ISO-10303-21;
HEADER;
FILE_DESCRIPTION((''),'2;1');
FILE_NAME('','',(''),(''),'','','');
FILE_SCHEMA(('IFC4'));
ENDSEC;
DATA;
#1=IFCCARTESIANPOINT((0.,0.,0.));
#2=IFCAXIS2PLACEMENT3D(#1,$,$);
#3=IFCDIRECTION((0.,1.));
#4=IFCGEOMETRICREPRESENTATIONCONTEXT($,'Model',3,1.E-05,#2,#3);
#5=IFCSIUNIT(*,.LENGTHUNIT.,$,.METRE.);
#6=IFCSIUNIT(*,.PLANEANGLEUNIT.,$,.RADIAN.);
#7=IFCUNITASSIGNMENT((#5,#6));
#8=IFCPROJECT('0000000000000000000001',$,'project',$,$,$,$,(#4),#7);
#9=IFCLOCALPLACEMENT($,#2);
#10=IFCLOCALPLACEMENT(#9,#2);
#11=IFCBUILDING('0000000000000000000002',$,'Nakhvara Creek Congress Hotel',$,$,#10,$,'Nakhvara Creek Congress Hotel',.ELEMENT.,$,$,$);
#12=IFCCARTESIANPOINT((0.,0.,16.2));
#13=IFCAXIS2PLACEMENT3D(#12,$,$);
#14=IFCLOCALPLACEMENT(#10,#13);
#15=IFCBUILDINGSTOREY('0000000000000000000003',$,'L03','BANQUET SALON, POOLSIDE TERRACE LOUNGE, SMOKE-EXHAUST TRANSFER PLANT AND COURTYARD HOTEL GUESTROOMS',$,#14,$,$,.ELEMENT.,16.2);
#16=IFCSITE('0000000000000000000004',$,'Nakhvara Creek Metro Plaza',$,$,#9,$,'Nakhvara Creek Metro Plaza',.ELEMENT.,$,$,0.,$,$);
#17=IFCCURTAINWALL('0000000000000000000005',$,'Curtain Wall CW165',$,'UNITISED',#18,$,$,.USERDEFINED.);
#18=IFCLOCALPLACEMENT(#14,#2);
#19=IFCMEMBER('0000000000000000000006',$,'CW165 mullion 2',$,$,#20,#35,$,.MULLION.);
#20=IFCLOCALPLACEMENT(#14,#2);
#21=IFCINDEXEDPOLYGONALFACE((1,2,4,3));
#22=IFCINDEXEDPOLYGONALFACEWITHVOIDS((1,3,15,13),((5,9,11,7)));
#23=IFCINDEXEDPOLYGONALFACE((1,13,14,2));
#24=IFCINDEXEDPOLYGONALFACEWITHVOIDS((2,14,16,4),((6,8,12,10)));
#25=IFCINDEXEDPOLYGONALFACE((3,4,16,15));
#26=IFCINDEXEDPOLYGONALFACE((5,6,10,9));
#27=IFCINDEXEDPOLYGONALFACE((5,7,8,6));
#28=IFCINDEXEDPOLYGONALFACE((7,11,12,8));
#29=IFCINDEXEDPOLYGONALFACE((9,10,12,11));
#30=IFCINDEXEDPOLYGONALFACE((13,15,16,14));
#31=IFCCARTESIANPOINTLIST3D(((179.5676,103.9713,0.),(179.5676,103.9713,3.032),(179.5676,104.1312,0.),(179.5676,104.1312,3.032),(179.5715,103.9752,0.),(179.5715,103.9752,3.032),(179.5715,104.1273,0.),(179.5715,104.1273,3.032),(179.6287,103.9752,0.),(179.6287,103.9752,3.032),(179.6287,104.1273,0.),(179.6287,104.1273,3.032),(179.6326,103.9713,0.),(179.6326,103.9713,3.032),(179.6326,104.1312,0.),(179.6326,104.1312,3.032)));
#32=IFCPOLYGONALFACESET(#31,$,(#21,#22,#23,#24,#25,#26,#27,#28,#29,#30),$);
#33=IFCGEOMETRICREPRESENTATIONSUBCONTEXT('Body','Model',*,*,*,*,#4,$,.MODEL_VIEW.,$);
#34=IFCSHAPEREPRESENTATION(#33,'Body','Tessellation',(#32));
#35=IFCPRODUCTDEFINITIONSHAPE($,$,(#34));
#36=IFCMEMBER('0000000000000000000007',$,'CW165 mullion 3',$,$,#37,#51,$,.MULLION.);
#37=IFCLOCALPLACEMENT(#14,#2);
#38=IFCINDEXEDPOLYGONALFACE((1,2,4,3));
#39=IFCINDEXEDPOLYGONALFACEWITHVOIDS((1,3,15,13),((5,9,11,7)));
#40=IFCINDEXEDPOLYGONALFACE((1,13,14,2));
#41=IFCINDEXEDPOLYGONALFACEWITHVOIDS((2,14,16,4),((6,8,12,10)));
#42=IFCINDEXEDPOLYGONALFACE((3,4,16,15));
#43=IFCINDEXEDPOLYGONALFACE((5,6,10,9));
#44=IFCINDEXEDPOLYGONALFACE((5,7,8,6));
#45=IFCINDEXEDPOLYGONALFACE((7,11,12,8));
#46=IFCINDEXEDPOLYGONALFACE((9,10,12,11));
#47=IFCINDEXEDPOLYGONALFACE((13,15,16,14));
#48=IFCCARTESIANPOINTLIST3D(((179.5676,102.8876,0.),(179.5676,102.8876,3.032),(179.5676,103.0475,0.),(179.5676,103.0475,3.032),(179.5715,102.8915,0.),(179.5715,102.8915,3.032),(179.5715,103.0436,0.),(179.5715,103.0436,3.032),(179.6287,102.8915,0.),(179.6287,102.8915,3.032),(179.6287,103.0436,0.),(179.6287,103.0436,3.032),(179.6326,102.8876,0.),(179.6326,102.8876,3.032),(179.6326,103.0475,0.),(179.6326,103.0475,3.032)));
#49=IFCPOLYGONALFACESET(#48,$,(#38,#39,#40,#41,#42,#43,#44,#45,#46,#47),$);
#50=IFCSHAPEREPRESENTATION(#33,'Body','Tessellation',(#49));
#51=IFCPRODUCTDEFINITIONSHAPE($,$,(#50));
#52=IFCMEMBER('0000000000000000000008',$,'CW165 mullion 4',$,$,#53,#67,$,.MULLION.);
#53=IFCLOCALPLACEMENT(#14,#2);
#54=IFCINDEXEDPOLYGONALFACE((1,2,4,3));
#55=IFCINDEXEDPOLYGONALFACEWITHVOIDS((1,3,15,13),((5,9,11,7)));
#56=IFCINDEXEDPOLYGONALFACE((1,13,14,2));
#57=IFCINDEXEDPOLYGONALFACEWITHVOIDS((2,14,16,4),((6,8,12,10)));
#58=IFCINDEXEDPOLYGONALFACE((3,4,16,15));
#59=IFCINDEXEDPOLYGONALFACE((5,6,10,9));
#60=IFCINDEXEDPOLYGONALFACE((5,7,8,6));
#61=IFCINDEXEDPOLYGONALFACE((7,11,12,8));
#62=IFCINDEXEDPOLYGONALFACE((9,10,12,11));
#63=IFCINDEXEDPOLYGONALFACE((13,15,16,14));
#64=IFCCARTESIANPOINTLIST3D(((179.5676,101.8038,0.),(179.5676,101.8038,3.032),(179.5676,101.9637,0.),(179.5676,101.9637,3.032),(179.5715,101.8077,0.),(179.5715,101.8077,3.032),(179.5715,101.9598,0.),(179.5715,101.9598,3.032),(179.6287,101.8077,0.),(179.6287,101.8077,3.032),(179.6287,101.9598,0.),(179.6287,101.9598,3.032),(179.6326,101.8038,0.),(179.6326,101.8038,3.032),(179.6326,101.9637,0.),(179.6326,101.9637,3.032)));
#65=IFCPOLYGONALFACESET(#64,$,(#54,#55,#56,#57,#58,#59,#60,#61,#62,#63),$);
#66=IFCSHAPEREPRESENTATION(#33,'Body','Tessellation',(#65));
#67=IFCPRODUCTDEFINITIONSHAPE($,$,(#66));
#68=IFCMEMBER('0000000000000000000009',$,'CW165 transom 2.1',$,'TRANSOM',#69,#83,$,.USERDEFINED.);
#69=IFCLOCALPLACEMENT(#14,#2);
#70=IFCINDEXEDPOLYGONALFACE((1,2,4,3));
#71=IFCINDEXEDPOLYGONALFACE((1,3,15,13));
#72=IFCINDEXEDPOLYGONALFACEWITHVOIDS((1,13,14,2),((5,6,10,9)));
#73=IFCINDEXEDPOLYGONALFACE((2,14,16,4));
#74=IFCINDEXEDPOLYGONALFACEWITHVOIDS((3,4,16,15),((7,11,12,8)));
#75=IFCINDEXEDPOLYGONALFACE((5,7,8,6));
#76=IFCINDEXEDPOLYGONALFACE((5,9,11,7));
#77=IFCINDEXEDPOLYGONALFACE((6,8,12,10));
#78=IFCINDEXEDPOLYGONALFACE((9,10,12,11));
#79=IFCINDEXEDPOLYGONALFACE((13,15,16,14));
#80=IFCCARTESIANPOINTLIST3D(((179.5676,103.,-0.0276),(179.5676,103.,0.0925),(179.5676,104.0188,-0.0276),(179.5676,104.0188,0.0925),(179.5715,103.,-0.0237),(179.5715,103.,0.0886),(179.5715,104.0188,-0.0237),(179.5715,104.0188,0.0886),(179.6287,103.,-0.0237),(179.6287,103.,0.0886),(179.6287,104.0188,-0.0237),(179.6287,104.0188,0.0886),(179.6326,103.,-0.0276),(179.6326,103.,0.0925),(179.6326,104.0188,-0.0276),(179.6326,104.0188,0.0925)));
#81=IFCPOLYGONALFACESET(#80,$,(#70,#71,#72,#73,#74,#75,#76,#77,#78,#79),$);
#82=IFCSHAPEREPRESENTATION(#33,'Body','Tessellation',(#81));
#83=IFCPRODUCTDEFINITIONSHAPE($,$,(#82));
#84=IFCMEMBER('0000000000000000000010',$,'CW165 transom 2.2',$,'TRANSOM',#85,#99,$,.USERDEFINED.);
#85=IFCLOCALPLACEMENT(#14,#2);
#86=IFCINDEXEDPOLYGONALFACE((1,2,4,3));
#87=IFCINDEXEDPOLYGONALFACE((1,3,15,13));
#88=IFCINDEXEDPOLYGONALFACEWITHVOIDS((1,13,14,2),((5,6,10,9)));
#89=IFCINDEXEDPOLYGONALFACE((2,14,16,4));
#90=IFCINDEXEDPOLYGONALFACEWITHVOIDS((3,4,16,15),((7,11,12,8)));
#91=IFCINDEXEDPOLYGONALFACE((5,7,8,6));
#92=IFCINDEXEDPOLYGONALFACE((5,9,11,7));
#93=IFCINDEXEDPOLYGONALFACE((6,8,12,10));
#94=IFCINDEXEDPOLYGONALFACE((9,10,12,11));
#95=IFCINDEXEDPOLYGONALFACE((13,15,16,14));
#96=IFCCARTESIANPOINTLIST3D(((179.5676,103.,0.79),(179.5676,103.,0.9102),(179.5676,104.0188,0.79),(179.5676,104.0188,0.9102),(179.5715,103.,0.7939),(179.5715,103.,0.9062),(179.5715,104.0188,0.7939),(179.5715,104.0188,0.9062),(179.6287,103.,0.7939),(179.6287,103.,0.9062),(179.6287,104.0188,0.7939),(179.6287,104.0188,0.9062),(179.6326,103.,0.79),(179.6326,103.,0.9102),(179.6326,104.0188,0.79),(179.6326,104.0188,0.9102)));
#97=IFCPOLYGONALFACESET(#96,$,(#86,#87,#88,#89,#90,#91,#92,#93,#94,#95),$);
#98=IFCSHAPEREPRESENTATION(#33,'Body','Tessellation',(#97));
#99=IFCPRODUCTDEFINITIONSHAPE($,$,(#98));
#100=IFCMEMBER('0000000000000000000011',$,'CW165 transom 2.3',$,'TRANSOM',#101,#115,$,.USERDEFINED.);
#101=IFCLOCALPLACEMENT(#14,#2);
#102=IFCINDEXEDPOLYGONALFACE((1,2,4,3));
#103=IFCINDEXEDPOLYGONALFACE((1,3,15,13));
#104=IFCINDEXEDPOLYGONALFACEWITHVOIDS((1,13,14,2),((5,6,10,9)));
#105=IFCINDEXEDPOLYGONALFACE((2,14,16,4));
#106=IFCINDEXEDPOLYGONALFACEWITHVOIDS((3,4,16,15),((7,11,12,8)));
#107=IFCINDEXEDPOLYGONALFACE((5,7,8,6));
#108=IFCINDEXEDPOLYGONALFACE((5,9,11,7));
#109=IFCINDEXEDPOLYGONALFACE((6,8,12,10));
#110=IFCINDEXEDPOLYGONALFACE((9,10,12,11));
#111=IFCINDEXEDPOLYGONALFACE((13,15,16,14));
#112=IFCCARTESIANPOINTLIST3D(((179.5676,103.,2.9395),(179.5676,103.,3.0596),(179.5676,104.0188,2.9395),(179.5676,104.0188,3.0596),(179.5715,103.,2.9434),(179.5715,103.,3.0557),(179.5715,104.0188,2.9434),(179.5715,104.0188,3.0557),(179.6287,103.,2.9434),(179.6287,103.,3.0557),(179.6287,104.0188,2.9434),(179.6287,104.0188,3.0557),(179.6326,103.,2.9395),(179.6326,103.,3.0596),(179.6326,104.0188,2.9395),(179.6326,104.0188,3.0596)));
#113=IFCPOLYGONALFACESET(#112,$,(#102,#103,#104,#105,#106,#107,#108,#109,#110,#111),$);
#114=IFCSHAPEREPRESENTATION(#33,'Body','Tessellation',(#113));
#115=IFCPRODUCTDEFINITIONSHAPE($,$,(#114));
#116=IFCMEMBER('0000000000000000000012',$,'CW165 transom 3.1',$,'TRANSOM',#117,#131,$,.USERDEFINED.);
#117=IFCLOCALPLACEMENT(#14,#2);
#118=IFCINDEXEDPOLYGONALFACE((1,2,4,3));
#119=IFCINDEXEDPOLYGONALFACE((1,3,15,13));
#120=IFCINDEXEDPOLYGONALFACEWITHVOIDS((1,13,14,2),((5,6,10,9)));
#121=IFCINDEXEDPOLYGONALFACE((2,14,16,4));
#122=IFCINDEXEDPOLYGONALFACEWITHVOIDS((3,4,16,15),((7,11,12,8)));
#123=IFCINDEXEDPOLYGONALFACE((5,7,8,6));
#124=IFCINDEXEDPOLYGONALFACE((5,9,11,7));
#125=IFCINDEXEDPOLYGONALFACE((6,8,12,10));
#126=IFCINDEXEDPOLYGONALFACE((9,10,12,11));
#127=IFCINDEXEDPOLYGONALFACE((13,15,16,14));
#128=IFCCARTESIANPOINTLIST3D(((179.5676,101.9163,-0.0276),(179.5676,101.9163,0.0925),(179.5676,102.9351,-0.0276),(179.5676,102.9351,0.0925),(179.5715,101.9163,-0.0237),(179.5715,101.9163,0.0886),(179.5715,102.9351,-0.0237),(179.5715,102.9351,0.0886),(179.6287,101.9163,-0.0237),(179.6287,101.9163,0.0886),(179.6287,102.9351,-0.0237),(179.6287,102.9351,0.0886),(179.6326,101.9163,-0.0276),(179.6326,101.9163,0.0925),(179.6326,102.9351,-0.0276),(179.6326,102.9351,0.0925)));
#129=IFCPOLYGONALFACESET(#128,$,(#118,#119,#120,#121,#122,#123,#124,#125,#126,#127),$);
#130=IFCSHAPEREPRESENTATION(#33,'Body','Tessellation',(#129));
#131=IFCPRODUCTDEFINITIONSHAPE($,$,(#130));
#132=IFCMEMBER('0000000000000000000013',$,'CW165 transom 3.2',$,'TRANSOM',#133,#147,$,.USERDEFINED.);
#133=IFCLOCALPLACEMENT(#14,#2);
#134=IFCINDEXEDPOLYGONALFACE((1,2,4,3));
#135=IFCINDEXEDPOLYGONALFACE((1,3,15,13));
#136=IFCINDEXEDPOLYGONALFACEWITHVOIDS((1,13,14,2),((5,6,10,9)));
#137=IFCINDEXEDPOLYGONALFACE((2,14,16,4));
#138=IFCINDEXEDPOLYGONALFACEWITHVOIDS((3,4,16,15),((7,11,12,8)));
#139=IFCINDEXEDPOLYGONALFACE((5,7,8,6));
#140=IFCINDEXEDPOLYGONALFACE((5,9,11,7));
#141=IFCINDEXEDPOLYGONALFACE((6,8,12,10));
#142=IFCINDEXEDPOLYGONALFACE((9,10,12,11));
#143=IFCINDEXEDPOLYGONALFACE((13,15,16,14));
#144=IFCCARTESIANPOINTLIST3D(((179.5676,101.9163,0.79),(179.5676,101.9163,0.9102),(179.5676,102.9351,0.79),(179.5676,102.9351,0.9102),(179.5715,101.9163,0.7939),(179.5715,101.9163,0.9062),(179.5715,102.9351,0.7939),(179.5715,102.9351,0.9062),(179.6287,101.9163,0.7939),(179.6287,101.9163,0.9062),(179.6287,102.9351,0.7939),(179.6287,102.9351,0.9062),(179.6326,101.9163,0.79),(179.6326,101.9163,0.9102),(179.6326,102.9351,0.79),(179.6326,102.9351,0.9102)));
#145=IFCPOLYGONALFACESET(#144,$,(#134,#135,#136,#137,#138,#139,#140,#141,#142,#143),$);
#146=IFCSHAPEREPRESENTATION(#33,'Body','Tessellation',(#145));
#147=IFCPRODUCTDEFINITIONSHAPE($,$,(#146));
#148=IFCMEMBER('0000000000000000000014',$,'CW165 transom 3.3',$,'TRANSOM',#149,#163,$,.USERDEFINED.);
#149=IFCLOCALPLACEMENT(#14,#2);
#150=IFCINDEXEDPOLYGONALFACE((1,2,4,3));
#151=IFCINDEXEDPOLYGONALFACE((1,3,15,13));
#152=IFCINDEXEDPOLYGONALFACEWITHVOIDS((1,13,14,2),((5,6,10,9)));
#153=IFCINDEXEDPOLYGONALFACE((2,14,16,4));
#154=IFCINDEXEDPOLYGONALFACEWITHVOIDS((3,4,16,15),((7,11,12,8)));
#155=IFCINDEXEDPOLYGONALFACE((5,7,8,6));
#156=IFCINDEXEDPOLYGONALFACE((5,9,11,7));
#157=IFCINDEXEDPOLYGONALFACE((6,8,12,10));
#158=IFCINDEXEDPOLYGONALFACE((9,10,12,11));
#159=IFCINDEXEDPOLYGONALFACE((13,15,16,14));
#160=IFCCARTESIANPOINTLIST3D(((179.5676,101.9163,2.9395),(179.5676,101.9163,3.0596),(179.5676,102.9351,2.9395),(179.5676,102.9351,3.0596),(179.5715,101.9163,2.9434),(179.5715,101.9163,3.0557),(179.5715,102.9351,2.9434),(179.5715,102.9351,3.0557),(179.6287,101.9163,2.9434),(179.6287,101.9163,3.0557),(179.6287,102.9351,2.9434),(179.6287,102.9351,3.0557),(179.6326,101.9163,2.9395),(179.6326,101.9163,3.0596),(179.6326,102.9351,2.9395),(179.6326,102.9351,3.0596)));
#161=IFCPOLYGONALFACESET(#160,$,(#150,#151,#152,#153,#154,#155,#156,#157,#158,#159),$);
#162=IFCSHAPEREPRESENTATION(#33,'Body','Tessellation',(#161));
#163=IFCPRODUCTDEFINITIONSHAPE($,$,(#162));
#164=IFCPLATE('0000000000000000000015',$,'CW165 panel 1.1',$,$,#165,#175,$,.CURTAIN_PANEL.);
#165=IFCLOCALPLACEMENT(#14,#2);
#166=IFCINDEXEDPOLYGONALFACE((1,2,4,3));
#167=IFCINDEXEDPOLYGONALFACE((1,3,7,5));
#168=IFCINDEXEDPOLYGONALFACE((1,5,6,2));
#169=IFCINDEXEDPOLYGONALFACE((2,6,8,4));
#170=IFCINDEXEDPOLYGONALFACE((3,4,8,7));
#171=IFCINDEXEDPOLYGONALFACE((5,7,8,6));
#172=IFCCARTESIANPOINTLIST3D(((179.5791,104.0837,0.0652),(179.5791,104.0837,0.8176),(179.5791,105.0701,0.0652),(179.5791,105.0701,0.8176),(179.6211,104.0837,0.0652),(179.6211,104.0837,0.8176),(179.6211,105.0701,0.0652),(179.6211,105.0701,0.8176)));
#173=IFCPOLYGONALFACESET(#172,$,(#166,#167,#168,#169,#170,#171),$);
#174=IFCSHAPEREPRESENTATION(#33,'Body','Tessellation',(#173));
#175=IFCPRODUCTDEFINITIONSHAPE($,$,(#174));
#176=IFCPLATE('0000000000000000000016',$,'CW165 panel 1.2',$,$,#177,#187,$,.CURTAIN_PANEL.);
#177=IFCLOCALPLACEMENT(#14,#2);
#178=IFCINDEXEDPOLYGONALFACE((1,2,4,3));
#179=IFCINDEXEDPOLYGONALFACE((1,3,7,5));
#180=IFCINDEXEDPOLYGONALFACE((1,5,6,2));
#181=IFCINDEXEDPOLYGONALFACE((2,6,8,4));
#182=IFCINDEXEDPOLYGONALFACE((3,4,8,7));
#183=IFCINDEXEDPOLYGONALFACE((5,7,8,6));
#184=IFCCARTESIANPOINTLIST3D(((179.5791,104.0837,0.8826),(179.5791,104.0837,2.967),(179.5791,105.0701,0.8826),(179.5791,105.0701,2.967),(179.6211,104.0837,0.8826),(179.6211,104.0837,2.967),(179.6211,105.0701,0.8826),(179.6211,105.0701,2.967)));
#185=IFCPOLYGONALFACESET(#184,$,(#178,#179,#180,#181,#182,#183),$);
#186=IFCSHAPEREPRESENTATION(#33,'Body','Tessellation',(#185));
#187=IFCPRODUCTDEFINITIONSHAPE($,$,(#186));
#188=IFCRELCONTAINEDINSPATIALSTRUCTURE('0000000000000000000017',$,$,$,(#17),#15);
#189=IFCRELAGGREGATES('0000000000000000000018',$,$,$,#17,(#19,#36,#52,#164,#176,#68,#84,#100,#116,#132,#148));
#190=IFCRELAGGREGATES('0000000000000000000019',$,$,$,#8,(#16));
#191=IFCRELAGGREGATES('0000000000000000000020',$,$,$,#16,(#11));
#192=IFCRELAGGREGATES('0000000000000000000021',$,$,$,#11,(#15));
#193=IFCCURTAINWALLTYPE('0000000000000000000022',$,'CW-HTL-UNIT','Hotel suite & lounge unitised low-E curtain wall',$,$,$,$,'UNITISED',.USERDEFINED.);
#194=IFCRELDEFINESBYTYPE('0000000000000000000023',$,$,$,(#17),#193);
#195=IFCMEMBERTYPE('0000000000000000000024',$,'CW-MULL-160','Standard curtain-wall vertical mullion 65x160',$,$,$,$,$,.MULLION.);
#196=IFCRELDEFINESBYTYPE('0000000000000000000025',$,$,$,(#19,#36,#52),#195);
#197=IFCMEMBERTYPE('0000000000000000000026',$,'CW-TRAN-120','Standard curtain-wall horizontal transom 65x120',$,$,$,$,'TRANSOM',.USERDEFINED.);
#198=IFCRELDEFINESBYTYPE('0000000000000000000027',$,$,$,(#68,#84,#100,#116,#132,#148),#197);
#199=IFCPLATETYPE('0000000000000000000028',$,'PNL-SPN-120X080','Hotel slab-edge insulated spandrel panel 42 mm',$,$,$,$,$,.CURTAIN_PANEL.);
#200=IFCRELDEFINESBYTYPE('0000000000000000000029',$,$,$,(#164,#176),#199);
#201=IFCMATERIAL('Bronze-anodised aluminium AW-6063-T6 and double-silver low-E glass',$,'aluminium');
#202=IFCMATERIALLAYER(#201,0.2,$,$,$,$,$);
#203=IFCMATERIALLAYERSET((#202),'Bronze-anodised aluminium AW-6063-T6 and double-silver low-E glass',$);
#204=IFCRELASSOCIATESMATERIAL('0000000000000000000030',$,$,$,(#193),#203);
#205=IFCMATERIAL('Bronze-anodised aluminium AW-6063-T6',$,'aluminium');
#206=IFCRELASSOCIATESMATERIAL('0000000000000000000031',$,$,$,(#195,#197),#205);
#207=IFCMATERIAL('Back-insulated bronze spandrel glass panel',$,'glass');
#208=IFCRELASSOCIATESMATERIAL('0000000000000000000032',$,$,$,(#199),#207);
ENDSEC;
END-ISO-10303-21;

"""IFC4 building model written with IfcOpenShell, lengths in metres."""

from ifc_helpers import new_model, si_unit, direction, frame, origin, origin_2d, place, context, subcontext, project, spatial, rectangle, hollow_rectangle, extrude, material, layer, layer_set, material_profile, profile_set, type_object, element, aggregate, save


model = new_model("IFC4")

# Units and contexts
model_context = context("Model", 3, precision=1e-05, world=origin(), true_north=direction((0.0, 1.0)))
body_context = subcontext(model_context, "Body", "Model", "MODEL_VIEW")
ifc_project = project(units=[si_unit("LENGTHUNIT", "METRE"), si_unit("PLANEANGLEUNIT", "RADIAN")], contexts=[model_context])

# Site, building, storey
site_placement = place(None, origin())
site = spatial("IfcSite", under=ifc_project, at=site_placement, Name="Nakhvara Creek Metro Plaza", LongName="Nakhvara Creek Metro Plaza", CompositionType="ELEMENT", RefElevation=0.0)
building_placement = place(site_placement, origin())
building = spatial("IfcBuilding", under=site, at=building_placement, Name="Nakhvara Creek Congress Hotel", LongName="Nakhvara Creek Congress Hotel", CompositionType="ELEMENT")
storey_placement = place(building_placement, frame((0.0, 0.0, 16.2)))
storey = spatial("IfcBuildingStorey", under=building, at=storey_placement, Name="L03", Description="BANQUET SALON, POOLSIDE TERRACE LOUNGE, SMOKE-EXHAUST TRANSFER PLANT AND COURTYARD HOTEL GUESTROOMS", CompositionType="ELEMENT", Elevation=16.2)

# Curtain wall, members, plates
ifc_material_1 = material(Name="Bronze-anodised aluminium AW-6063-T6 and double-silver low-E glass", Category="aluminium")
ifc_layer_1 = layer(ifc_material_1, 0.2)
ifc_layer_set_1 = layer_set([ifc_layer_1], Name="Bronze-anodised aluminium AW-6063-T6 and double-silver low-E glass")
curtain_wall_type = type_object("IfcCurtainWallType", Name="CW-HTL-UNIT", Description="Hotel suite & lounge unitised low-E curtain wall", ElementType="UNITISED", PredefinedType="USERDEFINED", material=ifc_layer_set_1)
curtain_wall_placement = place(storey_placement, origin())
curtain_wall = element("IfcCurtainWall", 1, at=curtain_wall_placement, inside=storey, type_object=curtain_wall_type, Name="Curtain Wall CW165", ObjectType="UNITISED", PredefinedType="USERDEFINED")
ifc_material_2 = material(Name="Bronze-anodised aluminium AW-6063-T6", Category="aluminium")
ifc_material_profile_1 = material_profile(ifc_material_2, hollow_rectangle(XDim=0.0649, YDim=0.1599, WallThickness=0.0039, at=origin_2d()), Name="ALU-MULL 65x160x4", Category="LoadBearing")
ifc_profile_set_1 = profile_set([ifc_material_profile_1], Name="Bronze-anodised aluminium AW-6063-T6")
member_type_1 = type_object("IfcMemberType", Name="CW-MULL-160", Description="Standard curtain-wall vertical mullion 65x160", PredefinedType="MULLION", material=ifc_profile_set_1)
member_1_placement = place(storey_placement, frame((179.6001, 104.0513, 0.0), z_axis=(0.0, 0.0, 1.0), x_axis=(1.0, 0.0, 0.0)))
member_1 = element("IfcMember", 2, at=member_1_placement, type_object=member_type_1, Name="CW165 mullion 2", PredefinedType="MULLION", context=body_context, shape_type="SweptSolid", body=[
    extrude(hollow_rectangle(XDim=0.0649, YDim=0.1599, WallThickness=0.0039, at=origin_2d()), origin(), (0.0, 0.0, 1.0), 3.032),
])
member_2_placement = place(storey_placement, frame((179.6001, 102.9675, 0.0), z_axis=(0.0, 0.0, 1.0), x_axis=(1.0, 0.0, 0.0)))
member_2 = element("IfcMember", 3, at=member_2_placement, type_object=member_type_1, Name="CW165 mullion 3", PredefinedType="MULLION", context=body_context, shape_type="SweptSolid", body=[
    extrude(hollow_rectangle(XDim=0.0649, YDim=0.1599, WallThickness=0.0039, at=origin_2d()), origin(), (0.0, 0.0, 1.0), 3.032),
])
member_3_placement = place(storey_placement, frame((179.6001, 101.8838, 0.0), z_axis=(0.0, 0.0, 1.0), x_axis=(1.0, 0.0, 0.0)))
member_3 = element("IfcMember", 4, at=member_3_placement, type_object=member_type_1, Name="CW165 mullion 4", PredefinedType="MULLION", context=body_context, shape_type="SweptSolid", body=[
    extrude(hollow_rectangle(XDim=0.0649, YDim=0.1599, WallThickness=0.0039, at=origin_2d()), origin(), (0.0, 0.0, 1.0), 3.032),
])
ifc_material_profile_2 = material_profile(ifc_material_2, hollow_rectangle(XDim=0.0649, YDim=0.1201, WallThickness=0.0039, at=origin_2d()), Name="ALU-TRAN 65x120x4", Category="LoadBearing")
ifc_profile_set_2 = profile_set([ifc_material_profile_2], Name="Bronze-anodised aluminium AW-6063-T6")
member_type_2 = type_object("IfcMemberType", Name="CW-TRAN-120", Description="Standard curtain-wall horizontal transom 65x120", ElementType="TRANSOM", PredefinedType="USERDEFINED", material=ifc_profile_set_2)
member_4_placement = place(storey_placement, frame((179.6001, 104.0188, 0.0325), z_axis=(0.0, -1.0, 0.0), x_axis=(1.0, 0.0, 0.0)))
member_4 = element("IfcMember", 5, at=member_4_placement, type_object=member_type_2, Name="CW165 transom 2.1", ObjectType="TRANSOM", PredefinedType="USERDEFINED", context=body_context, shape_type="SweptSolid", body=[
    extrude(hollow_rectangle(XDim=0.0649, YDim=0.1201, WallThickness=0.0039, at=origin_2d()), origin(), (0.0, 0.0, 1.0), 1.0188),
])
member_5_placement = place(storey_placement, frame((179.6001, 104.0188, 0.8501), z_axis=(0.0, -1.0, 0.0), x_axis=(1.0, 0.0, 0.0)))
member_5 = element("IfcMember", 6, at=member_5_placement, type_object=member_type_2, Name="CW165 transom 2.2", ObjectType="TRANSOM", PredefinedType="USERDEFINED", context=body_context, shape_type="SweptSolid", body=[
    extrude(hollow_rectangle(XDim=0.0649, YDim=0.1201, WallThickness=0.0039, at=origin_2d()), origin(), (0.0, 0.0, 1.0), 1.0188),
])
member_6_placement = place(storey_placement, frame((179.6001, 104.0188, 2.9995), z_axis=(0.0, -1.0, 0.0), x_axis=(1.0, 0.0, 0.0)))
member_6 = element("IfcMember", 7, at=member_6_placement, type_object=member_type_2, Name="CW165 transom 2.3", ObjectType="TRANSOM", PredefinedType="USERDEFINED", context=body_context, shape_type="SweptSolid", body=[
    extrude(hollow_rectangle(XDim=0.0649, YDim=0.1201, WallThickness=0.0039, at=origin_2d()), origin(), (0.0, 0.0, 1.0), 1.0188),
])
member_7_placement = place(storey_placement, frame((179.6001, 102.9351, 0.0325), z_axis=(0.0, -1.0, 0.0), x_axis=(1.0, 0.0, 0.0)))
member_7 = element("IfcMember", 8, at=member_7_placement, type_object=member_type_2, Name="CW165 transom 3.1", ObjectType="TRANSOM", PredefinedType="USERDEFINED", context=body_context, shape_type="SweptSolid", body=[
    extrude(hollow_rectangle(XDim=0.0649, YDim=0.1201, WallThickness=0.0039, at=origin_2d()), origin(), (0.0, 0.0, 1.0), 1.0188),
])
member_8_placement = place(storey_placement, frame((179.6001, 102.9351, 0.8501), z_axis=(0.0, -1.0, 0.0), x_axis=(1.0, 0.0, 0.0)))
member_8 = element("IfcMember", 9, at=member_8_placement, type_object=member_type_2, Name="CW165 transom 3.2", ObjectType="TRANSOM", PredefinedType="USERDEFINED", context=body_context, shape_type="SweptSolid", body=[
    extrude(hollow_rectangle(XDim=0.0649, YDim=0.1201, WallThickness=0.0039, at=origin_2d()), origin(), (0.0, 0.0, 1.0), 1.0188),
])
member_9_placement = place(storey_placement, frame((179.6001, 102.9351, 2.9995), z_axis=(0.0, -1.0, 0.0), x_axis=(1.0, 0.0, 0.0)))
member_9 = element("IfcMember", 10, at=member_9_placement, type_object=member_type_2, Name="CW165 transom 3.3", ObjectType="TRANSOM", PredefinedType="USERDEFINED", context=body_context, shape_type="SweptSolid", body=[
    extrude(hollow_rectangle(XDim=0.0649, YDim=0.1201, WallThickness=0.0039, at=origin_2d()), origin(), (0.0, 0.0, 1.0), 1.0188),
])
ifc_material_3 = material(Name="Back-insulated bronze spandrel glass panel", Category="glass")
plate_type = type_object("IfcPlateType", Name="PNL-SPN-120X080", Description="Hotel slab-edge insulated spandrel panel 42 mm", PredefinedType="CURTAIN_PANEL", material=ifc_material_3)
plate_1_placement = place(storey_placement, frame((179.6001, 104.5769, 0.0652), z_axis=(0.0, 0.0, 1.0), x_axis=(0.0, -1.0, 0.0)))
plate_1 = element("IfcPlate", 11, at=plate_1_placement, type_object=plate_type, Name="CW165 panel 1.1", PredefinedType="CURTAIN_PANEL", context=body_context, shape_type="SweptSolid", body=[
    extrude(rectangle(XDim=0.9863, YDim=0.042, at=origin_2d()), origin(), (0.0, 0.0, 1.0), 0.7524),
])
plate_2_placement = place(storey_placement, frame((179.6001, 104.5769, 0.8826), z_axis=(0.0, 0.0, 1.0), x_axis=(0.0, -1.0, 0.0)))
plate_2 = element("IfcPlate", 12, at=plate_2_placement, type_object=plate_type, Name="CW165 panel 1.2", PredefinedType="CURTAIN_PANEL", context=body_context, shape_type="SweptSolid", body=[
    extrude(rectangle(XDim=0.9863, YDim=0.042, at=origin_2d()), origin(), (0.0, 0.0, 1.0), 2.0845),
])
aggregate(curtain_wall, [member_1, member_2, member_3, plate_1, plate_2, member_4, member_5, member_6, member_7, member_8, member_9])

save(model, "model.ifc")
